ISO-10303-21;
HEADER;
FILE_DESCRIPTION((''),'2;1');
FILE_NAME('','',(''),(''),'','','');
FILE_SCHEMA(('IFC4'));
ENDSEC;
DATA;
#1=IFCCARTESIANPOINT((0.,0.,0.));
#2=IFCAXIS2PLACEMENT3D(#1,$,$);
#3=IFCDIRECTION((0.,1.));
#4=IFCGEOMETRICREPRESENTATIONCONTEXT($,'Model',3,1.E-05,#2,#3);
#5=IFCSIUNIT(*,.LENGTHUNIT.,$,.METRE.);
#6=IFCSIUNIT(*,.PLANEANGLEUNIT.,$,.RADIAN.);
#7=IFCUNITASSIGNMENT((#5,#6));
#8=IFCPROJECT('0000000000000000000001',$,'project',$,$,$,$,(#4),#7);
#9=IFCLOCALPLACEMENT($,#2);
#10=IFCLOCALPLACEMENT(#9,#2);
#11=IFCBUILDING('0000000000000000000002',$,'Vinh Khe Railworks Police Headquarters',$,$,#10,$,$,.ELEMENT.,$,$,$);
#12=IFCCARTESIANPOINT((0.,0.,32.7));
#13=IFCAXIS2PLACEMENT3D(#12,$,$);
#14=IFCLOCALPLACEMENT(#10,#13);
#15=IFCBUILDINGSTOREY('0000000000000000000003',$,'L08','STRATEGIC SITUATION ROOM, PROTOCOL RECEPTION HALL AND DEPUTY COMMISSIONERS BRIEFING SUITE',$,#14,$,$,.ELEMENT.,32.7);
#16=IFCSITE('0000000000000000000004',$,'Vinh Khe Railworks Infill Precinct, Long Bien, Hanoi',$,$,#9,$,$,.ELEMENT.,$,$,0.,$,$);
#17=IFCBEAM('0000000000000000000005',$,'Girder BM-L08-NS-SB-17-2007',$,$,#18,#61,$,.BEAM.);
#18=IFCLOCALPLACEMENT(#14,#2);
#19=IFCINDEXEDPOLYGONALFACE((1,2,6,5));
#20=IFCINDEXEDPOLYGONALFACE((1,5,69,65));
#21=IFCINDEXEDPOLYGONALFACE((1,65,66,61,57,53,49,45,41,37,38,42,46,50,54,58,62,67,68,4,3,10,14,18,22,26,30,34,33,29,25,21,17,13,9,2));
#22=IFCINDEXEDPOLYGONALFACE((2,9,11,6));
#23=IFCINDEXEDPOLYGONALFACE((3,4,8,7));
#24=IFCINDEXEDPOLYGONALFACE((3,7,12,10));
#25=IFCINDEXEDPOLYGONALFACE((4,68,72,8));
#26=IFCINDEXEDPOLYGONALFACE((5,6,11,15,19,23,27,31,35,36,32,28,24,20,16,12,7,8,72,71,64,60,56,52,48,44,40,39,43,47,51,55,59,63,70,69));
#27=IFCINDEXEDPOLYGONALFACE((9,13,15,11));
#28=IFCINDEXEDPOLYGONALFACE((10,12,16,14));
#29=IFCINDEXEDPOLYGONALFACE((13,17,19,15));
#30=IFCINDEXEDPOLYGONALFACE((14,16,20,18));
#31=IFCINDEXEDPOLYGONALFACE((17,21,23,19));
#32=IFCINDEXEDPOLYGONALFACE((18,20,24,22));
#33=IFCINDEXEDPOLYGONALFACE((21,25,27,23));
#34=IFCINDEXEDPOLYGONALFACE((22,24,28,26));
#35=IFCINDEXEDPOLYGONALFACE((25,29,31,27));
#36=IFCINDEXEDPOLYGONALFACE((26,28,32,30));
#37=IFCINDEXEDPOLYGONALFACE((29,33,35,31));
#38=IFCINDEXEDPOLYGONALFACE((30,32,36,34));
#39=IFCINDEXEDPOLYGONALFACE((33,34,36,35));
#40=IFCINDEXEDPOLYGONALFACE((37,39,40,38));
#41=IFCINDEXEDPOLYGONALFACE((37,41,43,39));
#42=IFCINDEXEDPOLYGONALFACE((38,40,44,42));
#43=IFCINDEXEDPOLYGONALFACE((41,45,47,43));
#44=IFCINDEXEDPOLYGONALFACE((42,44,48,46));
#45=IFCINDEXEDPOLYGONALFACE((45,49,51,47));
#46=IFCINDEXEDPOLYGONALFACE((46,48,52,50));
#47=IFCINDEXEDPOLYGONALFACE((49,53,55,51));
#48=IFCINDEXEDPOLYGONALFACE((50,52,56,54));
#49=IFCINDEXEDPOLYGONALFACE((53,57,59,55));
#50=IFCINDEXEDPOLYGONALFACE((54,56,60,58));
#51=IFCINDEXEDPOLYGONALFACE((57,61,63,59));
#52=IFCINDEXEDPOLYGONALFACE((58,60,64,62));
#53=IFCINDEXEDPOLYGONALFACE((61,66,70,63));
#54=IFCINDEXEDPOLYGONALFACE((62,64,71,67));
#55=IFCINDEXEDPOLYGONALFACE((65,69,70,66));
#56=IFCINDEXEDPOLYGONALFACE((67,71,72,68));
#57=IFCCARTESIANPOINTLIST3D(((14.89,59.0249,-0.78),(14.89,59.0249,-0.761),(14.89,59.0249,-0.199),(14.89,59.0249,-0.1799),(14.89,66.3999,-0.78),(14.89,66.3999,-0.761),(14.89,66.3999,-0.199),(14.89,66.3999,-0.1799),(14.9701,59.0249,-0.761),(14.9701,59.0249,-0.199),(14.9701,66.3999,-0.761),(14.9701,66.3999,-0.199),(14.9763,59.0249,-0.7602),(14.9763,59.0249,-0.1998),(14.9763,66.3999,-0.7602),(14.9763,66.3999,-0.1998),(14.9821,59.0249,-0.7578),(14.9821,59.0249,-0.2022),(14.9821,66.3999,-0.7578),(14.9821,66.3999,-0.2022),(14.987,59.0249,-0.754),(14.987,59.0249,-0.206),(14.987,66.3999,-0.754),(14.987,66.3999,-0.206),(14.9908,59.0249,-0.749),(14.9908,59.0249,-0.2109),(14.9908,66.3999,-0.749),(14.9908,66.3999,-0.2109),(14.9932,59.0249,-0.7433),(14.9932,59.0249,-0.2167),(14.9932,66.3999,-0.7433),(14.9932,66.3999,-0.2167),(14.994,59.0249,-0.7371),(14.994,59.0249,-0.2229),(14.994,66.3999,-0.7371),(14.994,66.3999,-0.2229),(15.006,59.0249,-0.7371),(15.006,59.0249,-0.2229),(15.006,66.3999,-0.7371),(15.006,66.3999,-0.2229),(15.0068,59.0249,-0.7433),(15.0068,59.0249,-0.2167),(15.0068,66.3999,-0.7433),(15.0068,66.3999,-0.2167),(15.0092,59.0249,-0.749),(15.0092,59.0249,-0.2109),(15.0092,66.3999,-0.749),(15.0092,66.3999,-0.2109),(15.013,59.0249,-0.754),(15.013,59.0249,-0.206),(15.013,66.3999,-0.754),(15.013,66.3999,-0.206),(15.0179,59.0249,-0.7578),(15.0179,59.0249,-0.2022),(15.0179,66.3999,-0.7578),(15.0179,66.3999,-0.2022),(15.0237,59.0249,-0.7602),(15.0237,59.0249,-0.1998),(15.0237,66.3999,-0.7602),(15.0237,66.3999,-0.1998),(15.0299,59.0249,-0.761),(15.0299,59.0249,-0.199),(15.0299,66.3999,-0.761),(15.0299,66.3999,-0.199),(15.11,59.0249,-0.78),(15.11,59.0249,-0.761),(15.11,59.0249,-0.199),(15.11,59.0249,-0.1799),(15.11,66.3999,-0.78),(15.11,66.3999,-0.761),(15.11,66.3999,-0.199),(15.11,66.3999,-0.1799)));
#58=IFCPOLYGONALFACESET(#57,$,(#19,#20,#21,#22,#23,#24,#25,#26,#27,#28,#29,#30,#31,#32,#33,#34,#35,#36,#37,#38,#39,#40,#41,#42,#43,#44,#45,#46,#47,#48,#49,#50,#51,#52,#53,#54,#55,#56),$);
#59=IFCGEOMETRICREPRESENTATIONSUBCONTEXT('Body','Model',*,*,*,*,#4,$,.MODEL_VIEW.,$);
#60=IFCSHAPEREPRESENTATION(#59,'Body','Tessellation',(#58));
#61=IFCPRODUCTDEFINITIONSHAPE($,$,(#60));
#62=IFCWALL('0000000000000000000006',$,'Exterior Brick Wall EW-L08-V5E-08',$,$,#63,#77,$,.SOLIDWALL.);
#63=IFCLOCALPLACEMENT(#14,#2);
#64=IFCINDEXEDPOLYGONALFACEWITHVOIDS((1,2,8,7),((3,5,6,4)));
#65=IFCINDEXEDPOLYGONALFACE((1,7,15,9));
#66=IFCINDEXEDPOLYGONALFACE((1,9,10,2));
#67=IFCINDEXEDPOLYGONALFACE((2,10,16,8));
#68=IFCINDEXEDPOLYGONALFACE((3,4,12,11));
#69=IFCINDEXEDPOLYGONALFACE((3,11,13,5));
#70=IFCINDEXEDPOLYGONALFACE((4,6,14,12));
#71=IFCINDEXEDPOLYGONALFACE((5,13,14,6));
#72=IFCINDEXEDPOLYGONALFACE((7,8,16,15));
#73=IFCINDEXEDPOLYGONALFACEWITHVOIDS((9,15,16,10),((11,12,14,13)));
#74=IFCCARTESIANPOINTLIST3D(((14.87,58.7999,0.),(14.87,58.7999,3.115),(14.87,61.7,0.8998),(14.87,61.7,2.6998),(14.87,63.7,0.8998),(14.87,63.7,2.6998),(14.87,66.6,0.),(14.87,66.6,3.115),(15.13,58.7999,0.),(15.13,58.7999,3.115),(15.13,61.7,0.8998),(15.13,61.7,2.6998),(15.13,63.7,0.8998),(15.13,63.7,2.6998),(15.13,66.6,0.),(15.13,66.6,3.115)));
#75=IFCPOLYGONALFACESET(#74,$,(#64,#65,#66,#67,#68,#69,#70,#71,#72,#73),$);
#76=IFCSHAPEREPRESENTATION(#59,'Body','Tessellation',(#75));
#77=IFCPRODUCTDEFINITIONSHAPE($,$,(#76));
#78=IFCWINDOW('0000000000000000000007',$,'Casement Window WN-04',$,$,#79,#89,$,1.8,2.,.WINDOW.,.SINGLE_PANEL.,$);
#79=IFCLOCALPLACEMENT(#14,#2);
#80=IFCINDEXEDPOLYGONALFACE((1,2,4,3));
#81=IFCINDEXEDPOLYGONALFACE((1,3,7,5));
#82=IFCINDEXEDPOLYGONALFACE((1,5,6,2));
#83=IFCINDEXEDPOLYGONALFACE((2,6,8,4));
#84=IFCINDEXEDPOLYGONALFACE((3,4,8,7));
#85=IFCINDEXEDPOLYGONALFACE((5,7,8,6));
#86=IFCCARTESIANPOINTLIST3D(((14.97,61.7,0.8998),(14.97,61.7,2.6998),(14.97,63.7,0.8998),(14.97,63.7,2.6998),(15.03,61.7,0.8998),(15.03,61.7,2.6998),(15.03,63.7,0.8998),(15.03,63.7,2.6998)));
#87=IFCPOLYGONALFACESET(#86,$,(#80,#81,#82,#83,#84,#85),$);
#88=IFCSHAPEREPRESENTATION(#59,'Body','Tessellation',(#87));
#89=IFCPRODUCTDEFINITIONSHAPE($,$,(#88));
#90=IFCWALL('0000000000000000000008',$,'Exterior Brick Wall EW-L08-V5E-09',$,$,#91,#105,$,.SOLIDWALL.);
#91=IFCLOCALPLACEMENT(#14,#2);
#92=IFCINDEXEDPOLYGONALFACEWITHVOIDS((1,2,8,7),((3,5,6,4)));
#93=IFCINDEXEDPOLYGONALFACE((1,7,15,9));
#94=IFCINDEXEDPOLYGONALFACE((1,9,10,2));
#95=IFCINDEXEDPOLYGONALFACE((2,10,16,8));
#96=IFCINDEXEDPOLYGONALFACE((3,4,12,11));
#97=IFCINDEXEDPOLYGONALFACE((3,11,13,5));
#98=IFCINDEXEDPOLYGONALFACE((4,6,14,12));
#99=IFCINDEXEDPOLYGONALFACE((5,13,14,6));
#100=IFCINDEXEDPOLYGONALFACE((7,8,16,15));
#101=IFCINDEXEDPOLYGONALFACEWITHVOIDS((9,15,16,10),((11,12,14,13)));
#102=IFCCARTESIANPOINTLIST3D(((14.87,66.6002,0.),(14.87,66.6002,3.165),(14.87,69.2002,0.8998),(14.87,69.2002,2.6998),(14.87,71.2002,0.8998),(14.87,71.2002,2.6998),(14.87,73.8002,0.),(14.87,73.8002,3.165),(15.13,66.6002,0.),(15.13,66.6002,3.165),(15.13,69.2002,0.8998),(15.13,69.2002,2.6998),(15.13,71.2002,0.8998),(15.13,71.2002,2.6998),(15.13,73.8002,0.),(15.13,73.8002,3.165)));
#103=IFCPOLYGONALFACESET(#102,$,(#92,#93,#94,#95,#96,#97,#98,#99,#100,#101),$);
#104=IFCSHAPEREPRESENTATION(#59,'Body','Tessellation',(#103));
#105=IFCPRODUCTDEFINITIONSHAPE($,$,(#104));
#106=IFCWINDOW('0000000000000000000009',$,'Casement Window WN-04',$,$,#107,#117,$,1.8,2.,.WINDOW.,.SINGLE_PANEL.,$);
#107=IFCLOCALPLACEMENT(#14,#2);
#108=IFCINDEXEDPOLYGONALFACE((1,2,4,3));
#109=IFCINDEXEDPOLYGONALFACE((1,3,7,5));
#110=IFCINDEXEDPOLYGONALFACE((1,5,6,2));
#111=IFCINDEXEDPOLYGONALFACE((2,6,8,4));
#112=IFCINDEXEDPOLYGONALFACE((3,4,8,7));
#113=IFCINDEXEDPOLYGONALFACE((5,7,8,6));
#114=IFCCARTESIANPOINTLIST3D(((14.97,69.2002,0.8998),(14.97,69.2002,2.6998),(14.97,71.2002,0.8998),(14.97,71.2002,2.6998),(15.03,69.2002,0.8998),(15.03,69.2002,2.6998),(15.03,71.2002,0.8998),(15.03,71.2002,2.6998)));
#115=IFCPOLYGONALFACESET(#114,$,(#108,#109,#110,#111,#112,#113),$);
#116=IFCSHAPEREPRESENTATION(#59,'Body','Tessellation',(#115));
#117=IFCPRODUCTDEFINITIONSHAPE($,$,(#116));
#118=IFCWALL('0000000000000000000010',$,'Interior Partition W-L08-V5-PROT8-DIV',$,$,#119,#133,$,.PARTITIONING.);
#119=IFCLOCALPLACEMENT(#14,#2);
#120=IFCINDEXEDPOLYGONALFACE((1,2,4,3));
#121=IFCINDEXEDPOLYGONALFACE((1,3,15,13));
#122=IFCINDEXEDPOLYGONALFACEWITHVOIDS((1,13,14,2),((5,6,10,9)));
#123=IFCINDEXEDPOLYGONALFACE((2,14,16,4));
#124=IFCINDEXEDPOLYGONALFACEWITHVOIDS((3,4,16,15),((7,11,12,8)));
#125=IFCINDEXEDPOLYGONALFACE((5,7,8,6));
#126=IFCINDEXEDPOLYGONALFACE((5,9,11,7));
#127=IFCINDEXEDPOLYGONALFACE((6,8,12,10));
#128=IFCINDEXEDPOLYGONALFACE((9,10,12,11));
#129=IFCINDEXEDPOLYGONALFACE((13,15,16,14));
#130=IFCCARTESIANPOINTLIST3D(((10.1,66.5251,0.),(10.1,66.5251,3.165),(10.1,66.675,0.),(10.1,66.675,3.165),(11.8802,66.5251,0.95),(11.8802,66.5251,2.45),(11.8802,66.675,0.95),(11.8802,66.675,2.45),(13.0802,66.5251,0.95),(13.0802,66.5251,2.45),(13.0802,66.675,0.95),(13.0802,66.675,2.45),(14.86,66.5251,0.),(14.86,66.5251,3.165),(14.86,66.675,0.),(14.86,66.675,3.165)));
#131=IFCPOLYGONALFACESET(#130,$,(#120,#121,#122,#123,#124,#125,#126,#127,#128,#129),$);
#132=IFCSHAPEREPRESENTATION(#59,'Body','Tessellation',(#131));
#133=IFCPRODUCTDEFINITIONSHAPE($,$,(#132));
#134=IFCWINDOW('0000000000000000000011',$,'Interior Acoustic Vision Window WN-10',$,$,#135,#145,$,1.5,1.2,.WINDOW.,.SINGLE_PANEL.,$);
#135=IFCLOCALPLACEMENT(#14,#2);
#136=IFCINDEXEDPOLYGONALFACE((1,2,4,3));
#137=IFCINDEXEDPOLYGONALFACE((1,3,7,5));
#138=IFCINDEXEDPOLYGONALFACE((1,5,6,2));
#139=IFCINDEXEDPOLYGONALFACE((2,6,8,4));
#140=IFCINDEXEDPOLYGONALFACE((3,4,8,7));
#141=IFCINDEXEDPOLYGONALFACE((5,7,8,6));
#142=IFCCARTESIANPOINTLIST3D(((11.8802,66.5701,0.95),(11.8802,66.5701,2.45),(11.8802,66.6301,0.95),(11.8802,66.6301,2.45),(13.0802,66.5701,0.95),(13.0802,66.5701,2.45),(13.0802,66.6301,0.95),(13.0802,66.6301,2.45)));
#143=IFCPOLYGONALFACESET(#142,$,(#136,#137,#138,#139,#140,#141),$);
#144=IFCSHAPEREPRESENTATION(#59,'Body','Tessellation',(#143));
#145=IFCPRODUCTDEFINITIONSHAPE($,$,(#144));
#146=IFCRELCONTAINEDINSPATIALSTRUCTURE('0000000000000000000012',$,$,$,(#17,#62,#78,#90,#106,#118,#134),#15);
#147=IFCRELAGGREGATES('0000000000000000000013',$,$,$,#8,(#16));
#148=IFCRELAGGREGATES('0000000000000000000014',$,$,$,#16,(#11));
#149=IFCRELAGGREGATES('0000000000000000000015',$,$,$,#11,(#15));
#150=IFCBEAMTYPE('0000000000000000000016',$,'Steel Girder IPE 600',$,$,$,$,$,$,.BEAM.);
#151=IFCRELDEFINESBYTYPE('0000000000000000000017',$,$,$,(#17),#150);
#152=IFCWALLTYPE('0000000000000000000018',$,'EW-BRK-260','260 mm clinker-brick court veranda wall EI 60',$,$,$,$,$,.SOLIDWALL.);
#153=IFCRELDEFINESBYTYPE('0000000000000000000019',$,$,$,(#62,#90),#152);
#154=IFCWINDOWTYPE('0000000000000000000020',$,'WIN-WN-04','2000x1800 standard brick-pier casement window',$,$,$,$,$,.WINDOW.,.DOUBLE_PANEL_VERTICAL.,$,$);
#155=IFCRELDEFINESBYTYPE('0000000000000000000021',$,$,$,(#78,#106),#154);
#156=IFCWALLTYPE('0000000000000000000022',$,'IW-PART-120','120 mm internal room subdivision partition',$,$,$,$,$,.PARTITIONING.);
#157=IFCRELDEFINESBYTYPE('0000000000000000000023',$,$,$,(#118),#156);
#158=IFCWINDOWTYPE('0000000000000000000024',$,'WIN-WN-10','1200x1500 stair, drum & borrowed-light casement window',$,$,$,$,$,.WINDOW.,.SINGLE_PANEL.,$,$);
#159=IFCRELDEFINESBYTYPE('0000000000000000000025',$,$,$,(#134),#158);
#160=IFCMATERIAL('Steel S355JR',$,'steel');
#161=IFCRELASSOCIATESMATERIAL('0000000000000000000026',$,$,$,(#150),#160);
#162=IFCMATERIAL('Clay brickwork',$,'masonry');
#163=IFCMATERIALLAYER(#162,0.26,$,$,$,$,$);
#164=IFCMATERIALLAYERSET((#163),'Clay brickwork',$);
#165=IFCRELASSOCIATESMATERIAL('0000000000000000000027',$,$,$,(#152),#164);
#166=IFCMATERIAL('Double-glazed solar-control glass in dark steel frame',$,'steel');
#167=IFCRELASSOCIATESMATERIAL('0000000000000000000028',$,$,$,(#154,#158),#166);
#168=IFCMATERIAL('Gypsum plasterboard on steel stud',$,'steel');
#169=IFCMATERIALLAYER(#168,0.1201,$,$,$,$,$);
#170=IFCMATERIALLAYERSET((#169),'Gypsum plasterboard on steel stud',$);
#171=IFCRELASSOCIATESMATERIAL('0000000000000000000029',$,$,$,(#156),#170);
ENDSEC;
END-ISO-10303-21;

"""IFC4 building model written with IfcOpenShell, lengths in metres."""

from ifc_helpers import new_model, si_unit, direction, frame, frame_2d, origin, origin_2d, place, context, subcontext, project, spatial, rectangle, i_section, extrude, material, layer, layer_set, material_profile, profile_set, type_object, element, fill, save


model = new_model("IFC4")

# Units and contexts
model_context = context("Model", 3, precision=1e-05, world=origin(), true_north=direction((0.0, 1.0)))
body_context = subcontext(model_context, "Body", "Model", "MODEL_VIEW")
ifc_project = project(units=[si_unit("LENGTHUNIT", "METRE"), si_unit("PLANEANGLEUNIT", "RADIAN")], contexts=[model_context])

# Site, building, storey
site_placement = place(None, origin())
site = spatial("IfcSite", under=ifc_project, at=site_placement, Name="Vinh Khe Railworks Infill Precinct, Long Bien, Hanoi", CompositionType="ELEMENT", RefElevation=0.0)
building_placement = place(site_placement, origin())
building = spatial("IfcBuilding", under=site, at=building_placement, Name="Vinh Khe Railworks Police Headquarters", CompositionType="ELEMENT")
storey_placement = place(building_placement, frame((0.0, 0.0, 32.7)))
storey = spatial("IfcBuildingStorey", under=building, at=storey_placement, Name="L08", Description="STRATEGIC SITUATION ROOM, PROTOCOL RECEPTION HALL AND DEPUTY COMMISSIONERS BRIEFING SUITE", CompositionType="ELEMENT", Elevation=32.7)

# Shared definitions
ifc_material_1 = material(Name="Steel S355JR", Category="steel")

# Beam
ifc_material_profile_1 = material_profile(ifc_material_1, i_section(OverallWidth=0.22, OverallDepth=0.6001, WebThickness=0.012, FlangeThickness=0.019, FilletRadius=0.0239, at=origin_2d()), Name="IPE 600")
ifc_profile_set_1 = profile_set([ifc_material_profile_1], Name="Steel S355JR")
beam_type_1 = type_object("IfcBeamType", Name="Steel Girder IPE 600", PredefinedType="BEAM", material=ifc_profile_set_1)
beam_1_placement = place(storey_placement, frame((15.0, 59.0249, -0.48), z_axis=(0.0, 1.0, 0.0), x_axis=(-1.0, 0.0, 0.0)))
element("IfcBeam", 1, at=beam_1_placement, inside=storey, type_object=beam_type_1, Name="Girder BM-L08-NS-SB-17-2007", PredefinedType="BEAM", context=body_context, shape_type="SweptSolid", body=[
    extrude(i_section(OverallWidth=0.22, OverallDepth=0.6001, WebThickness=0.012, FlangeThickness=0.019, FilletRadius=0.0239, at=origin_2d()), origin(), (0.0, 0.0, 1.0), 7.375),
])

# Walls, openings, windows
ifc_material_2 = material(Name="Clay brickwork", Category="masonry")
ifc_layer_1 = layer(ifc_material_2, 0.26)
ifc_layer_set_1 = layer_set([ifc_layer_1], Name="Clay brickwork")
wall_type_1 = type_object("IfcWallType", Name="EW-BRK-260", Description="260 mm clinker-brick court veranda wall EI 60", PredefinedType="SOLIDWALL", material=ifc_layer_set_1)
wall_1_placement = place(storey_placement, frame((15.0, 58.8, 0.0), z_axis=(0.0, 0.0, 1.0), x_axis=(0.0, 1.0, 0.0)))
wall_1 = element("IfcWall", 2, at=wall_1_placement, inside=storey, type_object=wall_type_1, Name="Exterior Brick Wall EW-L08-V5E-08", PredefinedType="SOLIDWALL", context=body_context, shape_type="SweptSolid", body=[
    extrude(rectangle(XDim=7.8, YDim=0.26, at=frame_2d((3.8999, 0.0))), origin(), (0.0, 0.0, 1.0), 3.115),
])
opening_1_placement = place(wall_1_placement, frame((2.8999, 0.0, 0.8999)))
opening_1 = element("IfcOpeningElement", 3, at=opening_1_placement, cuts=wall_1, PredefinedType="OPENING", context=body_context, shape_type="SweptSolid", body=[
    extrude(rectangle(XDim=2.0, YDim=1.8, at=frame_2d((1.0, 0.8999))), frame((0.0, 0.145, 0.0), z_axis=(0.0, -1.0, 0.0), x_axis=(1.0, 0.0, 0.0)), (0.0, 0.0, 1.0), 0.2898),
])
ifc_material_3 = material(Name="Double-glazed solar-control glass in dark steel frame", Category="steel")
window_type_1 = type_object("IfcWindowType", Name="WIN-WN-04", Description="2000x1800 standard brick-pier casement window", PartitioningType="DOUBLE_PANEL_VERTICAL", PredefinedType="WINDOW", material=ifc_material_3)
window_1_placement = place(opening_1_placement, origin())
window_1 = element("IfcWindow", 4, at=window_1_placement, inside=storey, type_object=window_type_1, Name="Casement Window WN-04", OverallHeight=1.8, OverallWidth=2.0, PartitioningType="SINGLE_PANEL", PredefinedType="WINDOW", context=body_context, shape_type="SweptSolid", body=[
    extrude(rectangle(XDim=2.0, YDim=1.8, at=frame_2d((1.0, 0.8999))), frame((0.0, 0.03, 0.0), z_axis=(0.0, -1.0, 0.0), x_axis=(1.0, 0.0, 0.0)), (0.0, 0.0, 1.0), 0.0601),
])
fill(opening_1, window_1)
wall_2_placement = place(storey_placement, frame((15.0, 66.6001, 0.0), z_axis=(0.0, 0.0, 1.0), x_axis=(0.0, 1.0, 0.0)))
wall_2 = element("IfcWall", 5, at=wall_2_placement, inside=storey, type_object=wall_type_1, Name="Exterior Brick Wall EW-L08-V5E-09", PredefinedType="SOLIDWALL", context=body_context, shape_type="SweptSolid", body=[
    extrude(rectangle(XDim=7.2, YDim=0.26, at=frame_2d((3.6001, 0.0))), origin(), (0.0, 0.0, 1.0), 3.165),
])
opening_2_placement = place(wall_2_placement, frame((2.6001, 0.0, 0.8999)))
opening_2 = element("IfcOpeningElement", 6, at=opening_2_placement, cuts=wall_2, PredefinedType="OPENING", context=body_context, shape_type="SweptSolid", body=[
    extrude(rectangle(XDim=2.0, YDim=1.8, at=frame_2d((1.0, 0.8999))), frame((0.0, 0.145, 0.0), z_axis=(0.0, -1.0, 0.0), x_axis=(1.0, 0.0, 0.0)), (0.0, 0.0, 1.0), 0.2898),
])
window_2_placement = place(opening_2_placement, origin())
window_2 = element("IfcWindow", 7, at=window_2_placement, inside=storey, type_object=window_type_1, Name="Casement Window WN-04", OverallHeight=1.8, OverallWidth=2.0, PartitioningType="SINGLE_PANEL", PredefinedType="WINDOW", context=body_context, shape_type="SweptSolid", body=[
    extrude(rectangle(XDim=2.0, YDim=1.8, at=frame_2d((1.0, 0.8999))), frame((0.0, 0.03, 0.0), z_axis=(0.0, -1.0, 0.0), x_axis=(1.0, 0.0, 0.0)), (0.0, 0.0, 1.0), 0.0601),
])
fill(opening_2, window_2)
ifc_material_4 = material(Name="Gypsum plasterboard on steel stud", Category="steel")
ifc_layer_2 = layer(ifc_material_4, 0.1201)
ifc_layer_set_2 = layer_set([ifc_layer_2], Name="Gypsum plasterboard on steel stud")
wall_type_2 = type_object("IfcWallType", Name="IW-PART-120", Description="120 mm internal room subdivision partition", PredefinedType="PARTITIONING", material=ifc_layer_set_2)
wall_3_placement = place(storey_placement, frame((10.1001, 66.6001, 0.0), z_axis=(0.0, 0.0, 1.0), x_axis=(1.0, 0.0, 0.0)))
wall_3 = element("IfcWall", 8, at=wall_3_placement, inside=storey, type_object=wall_type_2, Name="Interior Partition W-L08-V5-PROT8-DIV", PredefinedType="PARTITIONING", context=body_context, shape_type="SweptSolid", body=[
    extrude(rectangle(XDim=4.76, YDim=0.1499, at=frame_2d((2.3799, 0.0))), origin(), (0.0, 0.0, 1.0), 3.165),
])
opening_3_placement = place(wall_3_placement, frame((1.78, 0.0, 0.95)))
opening_3 = element("IfcOpeningElement", 9, at=opening_3_placement, cuts=wall_3, PredefinedType="OPENING", context=body_context, shape_type="SweptSolid", body=[
    extrude(rectangle(XDim=1.2, YDim=1.5, at=frame_2d((0.6001, 0.75))), frame((0.0, 0.0898, 0.0), z_axis=(0.0, -1.0, 0.0), x_axis=(1.0, 0.0, 0.0)), (0.0, 0.0, 1.0), 0.1797),
])
window_type_2 = type_object("IfcWindowType", Name="WIN-WN-10", Description="1200x1500 stair, drum & borrowed-light casement window", PartitioningType="SINGLE_PANEL", PredefinedType="WINDOW", material=ifc_material_3)
window_3_placement = place(opening_3_placement, origin())
window_3 = element("IfcWindow", 10, at=window_3_placement, inside=storey, type_object=window_type_2, Name="Interior Acoustic Vision Window WN-10", OverallHeight=1.5, OverallWidth=1.2, PartitioningType="SINGLE_PANEL", PredefinedType="WINDOW", context=body_context, shape_type="SweptSolid", body=[
    extrude(rectangle(XDim=1.2, YDim=1.5, at=frame_2d((0.6001, 0.75))), frame((0.0, 0.03, 0.0), z_axis=(0.0, -1.0, 0.0), x_axis=(1.0, 0.0, 0.0)), (0.0, 0.0, 1.0), 0.0601),
])
fill(opening_3, window_3)

save(model, "model.ifc")
